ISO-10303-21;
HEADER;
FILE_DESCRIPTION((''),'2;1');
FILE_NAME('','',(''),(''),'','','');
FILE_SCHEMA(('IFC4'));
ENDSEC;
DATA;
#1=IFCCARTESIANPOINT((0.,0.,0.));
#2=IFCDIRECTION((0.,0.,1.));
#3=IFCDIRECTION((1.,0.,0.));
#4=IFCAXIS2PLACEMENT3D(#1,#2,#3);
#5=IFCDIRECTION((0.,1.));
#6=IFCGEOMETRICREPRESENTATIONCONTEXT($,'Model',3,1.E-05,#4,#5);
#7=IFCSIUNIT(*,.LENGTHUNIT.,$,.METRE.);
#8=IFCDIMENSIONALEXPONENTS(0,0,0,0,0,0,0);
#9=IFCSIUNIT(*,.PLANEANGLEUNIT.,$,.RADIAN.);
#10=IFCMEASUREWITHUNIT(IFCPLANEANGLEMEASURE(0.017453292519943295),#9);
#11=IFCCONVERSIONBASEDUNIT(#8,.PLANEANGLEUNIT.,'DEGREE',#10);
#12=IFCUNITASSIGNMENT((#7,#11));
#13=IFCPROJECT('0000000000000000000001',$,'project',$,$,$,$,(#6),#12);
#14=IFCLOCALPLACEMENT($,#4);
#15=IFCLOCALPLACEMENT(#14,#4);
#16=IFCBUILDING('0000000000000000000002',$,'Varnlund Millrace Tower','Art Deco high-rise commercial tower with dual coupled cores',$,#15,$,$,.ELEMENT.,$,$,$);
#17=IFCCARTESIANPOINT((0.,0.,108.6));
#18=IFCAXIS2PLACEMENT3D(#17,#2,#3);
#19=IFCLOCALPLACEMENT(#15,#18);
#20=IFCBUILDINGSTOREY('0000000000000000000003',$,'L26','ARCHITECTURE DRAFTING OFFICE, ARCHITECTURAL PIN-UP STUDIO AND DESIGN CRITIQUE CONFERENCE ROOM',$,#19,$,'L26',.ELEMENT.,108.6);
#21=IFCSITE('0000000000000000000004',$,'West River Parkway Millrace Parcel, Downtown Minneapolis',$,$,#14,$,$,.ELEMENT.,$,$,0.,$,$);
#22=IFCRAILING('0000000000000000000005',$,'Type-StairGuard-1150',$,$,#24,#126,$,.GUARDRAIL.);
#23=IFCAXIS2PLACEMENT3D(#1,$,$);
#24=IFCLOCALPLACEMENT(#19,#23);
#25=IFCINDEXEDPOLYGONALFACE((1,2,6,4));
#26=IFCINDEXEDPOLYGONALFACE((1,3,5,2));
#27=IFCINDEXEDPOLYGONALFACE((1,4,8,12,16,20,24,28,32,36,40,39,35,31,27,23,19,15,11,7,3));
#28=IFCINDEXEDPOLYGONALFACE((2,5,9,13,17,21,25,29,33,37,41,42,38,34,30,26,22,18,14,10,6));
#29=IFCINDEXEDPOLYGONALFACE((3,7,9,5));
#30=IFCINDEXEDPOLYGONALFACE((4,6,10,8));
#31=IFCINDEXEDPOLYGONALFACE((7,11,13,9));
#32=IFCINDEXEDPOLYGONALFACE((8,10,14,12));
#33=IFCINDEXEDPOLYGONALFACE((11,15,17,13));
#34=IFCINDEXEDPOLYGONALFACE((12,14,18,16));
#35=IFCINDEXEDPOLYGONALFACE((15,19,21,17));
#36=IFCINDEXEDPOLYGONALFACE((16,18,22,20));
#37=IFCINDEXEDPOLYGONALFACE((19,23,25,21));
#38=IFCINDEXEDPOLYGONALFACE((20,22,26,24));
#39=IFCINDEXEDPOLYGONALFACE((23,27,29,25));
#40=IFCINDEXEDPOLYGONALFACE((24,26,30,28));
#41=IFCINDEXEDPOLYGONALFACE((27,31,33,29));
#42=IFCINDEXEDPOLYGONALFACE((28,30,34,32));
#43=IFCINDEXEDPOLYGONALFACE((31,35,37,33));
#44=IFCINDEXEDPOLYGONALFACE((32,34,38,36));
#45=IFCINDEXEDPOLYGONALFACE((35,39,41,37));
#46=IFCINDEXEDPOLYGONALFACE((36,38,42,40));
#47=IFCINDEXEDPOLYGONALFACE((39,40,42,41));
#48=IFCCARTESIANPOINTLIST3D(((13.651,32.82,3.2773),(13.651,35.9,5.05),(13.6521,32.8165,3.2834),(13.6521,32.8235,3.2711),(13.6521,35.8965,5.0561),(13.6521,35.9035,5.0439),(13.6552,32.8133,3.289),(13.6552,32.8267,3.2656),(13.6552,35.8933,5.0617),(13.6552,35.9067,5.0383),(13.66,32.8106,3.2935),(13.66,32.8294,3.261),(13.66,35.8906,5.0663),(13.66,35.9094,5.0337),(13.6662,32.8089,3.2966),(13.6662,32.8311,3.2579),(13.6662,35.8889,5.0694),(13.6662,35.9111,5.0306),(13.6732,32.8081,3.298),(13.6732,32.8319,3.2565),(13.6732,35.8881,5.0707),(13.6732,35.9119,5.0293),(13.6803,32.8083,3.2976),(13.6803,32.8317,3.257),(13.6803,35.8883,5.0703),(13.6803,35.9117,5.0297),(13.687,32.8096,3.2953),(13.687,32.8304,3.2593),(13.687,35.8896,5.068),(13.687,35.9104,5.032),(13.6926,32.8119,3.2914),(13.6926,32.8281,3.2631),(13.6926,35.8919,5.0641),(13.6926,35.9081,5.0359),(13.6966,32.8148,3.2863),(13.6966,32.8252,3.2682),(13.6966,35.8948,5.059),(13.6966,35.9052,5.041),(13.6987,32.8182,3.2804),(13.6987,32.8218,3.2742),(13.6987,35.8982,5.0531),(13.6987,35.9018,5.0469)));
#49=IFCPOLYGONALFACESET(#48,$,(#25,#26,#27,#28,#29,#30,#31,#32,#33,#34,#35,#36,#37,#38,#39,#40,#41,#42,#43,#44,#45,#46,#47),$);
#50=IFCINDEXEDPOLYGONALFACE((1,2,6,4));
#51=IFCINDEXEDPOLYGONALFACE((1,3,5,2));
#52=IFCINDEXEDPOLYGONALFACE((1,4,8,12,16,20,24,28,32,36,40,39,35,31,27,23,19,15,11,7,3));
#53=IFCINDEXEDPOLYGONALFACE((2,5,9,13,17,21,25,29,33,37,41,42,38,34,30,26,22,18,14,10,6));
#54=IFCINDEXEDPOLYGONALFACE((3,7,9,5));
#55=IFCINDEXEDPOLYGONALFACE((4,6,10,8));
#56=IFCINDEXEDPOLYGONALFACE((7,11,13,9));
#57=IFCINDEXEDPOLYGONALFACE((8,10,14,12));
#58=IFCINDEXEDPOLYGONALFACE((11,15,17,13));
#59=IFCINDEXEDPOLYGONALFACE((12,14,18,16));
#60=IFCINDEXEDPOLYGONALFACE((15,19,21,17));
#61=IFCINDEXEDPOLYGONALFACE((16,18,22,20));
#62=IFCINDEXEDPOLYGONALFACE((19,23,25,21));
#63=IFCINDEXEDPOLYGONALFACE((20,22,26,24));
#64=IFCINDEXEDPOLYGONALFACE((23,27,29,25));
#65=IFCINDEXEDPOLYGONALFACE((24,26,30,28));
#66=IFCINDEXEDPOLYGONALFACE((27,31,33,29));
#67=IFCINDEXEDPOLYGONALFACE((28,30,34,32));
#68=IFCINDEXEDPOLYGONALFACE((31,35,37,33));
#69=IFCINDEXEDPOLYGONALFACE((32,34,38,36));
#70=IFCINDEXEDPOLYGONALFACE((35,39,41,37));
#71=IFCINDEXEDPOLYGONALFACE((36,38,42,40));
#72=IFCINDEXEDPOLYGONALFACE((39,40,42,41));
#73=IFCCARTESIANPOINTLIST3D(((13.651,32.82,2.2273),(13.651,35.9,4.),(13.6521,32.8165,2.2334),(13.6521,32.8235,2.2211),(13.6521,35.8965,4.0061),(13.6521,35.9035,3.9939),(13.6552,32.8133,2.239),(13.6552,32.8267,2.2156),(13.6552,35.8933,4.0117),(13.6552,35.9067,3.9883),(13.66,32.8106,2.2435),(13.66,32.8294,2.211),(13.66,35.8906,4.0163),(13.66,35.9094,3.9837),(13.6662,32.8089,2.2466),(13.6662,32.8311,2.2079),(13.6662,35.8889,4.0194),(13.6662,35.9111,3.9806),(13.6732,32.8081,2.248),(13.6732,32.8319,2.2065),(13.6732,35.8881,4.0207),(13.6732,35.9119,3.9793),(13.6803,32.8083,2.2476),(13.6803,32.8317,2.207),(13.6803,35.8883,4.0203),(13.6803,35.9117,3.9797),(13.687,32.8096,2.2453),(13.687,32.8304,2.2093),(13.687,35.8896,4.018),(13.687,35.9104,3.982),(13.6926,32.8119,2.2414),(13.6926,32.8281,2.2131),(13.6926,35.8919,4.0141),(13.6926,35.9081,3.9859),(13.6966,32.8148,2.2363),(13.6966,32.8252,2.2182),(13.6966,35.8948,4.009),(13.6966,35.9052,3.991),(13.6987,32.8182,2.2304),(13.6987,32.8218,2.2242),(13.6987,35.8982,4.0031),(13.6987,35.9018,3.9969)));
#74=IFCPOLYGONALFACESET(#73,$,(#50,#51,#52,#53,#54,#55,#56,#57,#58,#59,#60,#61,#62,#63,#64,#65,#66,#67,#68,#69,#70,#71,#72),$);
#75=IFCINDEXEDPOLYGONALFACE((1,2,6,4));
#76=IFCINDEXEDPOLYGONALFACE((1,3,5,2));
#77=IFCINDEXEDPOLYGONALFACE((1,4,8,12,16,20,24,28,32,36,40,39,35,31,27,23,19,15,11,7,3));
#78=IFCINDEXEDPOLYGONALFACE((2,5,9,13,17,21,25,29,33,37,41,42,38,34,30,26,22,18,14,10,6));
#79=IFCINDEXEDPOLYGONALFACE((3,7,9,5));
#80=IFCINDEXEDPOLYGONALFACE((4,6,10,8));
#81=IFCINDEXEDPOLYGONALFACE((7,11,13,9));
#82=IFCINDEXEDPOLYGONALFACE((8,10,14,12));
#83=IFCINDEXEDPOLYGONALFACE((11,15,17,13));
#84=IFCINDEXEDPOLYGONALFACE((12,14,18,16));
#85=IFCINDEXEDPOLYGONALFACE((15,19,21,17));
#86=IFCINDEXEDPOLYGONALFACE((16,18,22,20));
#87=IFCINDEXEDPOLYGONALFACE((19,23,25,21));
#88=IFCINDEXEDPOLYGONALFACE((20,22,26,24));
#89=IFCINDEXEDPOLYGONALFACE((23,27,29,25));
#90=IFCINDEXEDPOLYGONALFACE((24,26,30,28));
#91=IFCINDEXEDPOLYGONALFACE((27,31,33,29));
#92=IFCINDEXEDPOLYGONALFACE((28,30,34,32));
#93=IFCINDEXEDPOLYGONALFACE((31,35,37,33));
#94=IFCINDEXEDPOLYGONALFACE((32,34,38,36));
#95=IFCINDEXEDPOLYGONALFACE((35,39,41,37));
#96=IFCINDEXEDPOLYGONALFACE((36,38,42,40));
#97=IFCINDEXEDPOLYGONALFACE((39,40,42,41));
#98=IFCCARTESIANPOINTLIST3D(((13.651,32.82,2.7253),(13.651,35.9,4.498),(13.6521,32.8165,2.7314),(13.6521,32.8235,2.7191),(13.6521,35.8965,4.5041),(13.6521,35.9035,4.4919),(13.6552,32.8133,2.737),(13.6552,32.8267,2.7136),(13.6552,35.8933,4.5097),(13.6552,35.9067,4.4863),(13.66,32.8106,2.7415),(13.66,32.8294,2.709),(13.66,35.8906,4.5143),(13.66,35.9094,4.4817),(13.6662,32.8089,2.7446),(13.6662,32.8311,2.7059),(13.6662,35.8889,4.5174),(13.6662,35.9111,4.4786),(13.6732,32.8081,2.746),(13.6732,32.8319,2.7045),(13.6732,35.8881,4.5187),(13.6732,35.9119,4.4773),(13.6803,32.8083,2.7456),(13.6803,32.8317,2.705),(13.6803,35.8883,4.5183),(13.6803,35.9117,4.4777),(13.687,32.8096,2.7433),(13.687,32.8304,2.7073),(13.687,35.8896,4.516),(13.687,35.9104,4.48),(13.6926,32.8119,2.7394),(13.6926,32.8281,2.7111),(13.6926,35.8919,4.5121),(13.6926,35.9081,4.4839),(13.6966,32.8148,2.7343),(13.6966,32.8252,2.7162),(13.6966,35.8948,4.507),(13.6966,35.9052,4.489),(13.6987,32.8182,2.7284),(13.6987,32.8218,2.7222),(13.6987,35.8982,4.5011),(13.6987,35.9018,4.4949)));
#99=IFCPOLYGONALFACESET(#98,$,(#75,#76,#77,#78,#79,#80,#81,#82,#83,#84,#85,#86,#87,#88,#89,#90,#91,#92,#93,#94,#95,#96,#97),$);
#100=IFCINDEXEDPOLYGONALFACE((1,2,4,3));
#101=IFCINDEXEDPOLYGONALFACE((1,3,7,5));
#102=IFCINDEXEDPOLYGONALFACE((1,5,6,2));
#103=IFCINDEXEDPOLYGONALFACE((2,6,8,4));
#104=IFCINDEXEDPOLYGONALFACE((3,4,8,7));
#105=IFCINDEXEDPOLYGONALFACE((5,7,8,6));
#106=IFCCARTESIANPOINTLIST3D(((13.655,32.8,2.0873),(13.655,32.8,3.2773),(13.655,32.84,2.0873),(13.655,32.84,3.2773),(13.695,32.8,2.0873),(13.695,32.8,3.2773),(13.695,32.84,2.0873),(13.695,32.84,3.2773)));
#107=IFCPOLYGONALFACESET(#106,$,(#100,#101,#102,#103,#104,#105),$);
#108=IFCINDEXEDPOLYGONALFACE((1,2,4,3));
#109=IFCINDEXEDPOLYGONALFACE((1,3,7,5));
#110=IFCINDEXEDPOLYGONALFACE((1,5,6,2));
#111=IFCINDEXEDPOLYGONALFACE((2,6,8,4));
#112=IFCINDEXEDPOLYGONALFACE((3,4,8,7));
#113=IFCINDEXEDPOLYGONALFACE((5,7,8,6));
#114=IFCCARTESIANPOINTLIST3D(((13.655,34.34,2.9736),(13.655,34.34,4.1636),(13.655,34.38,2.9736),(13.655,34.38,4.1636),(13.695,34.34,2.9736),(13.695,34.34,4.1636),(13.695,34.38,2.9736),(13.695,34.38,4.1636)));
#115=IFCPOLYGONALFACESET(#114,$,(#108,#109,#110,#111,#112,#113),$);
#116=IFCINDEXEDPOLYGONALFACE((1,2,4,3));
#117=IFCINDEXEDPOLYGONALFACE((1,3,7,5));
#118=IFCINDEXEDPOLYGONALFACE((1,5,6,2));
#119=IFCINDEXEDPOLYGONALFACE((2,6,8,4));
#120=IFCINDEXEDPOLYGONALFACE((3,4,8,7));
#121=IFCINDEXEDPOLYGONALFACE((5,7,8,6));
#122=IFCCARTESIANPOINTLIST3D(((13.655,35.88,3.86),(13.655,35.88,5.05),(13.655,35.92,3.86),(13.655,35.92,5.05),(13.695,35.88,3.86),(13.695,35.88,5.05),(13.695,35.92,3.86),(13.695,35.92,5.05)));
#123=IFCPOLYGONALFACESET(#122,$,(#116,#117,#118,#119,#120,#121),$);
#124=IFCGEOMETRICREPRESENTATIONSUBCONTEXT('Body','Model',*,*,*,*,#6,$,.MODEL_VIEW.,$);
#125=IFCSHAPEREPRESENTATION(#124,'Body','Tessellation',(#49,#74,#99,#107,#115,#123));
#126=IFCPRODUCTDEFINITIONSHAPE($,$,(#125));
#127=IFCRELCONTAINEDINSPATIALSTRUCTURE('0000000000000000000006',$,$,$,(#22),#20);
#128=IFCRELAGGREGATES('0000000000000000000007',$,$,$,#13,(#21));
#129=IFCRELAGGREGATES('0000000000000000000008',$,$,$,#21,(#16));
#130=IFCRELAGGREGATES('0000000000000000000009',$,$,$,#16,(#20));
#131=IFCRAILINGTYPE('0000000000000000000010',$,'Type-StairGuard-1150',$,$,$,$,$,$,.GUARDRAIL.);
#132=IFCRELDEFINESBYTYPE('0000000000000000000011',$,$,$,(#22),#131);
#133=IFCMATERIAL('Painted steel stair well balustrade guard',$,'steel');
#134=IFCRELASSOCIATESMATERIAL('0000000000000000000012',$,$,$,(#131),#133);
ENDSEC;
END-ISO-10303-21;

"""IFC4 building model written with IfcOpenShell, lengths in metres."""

from ifc_helpers import new_model, entity, si_unit, converted_unit, direction, frame, origin_with_axes, origin_2d_with_axis, place, context, subcontext, project, spatial, rectangle, circle, extrude, material, type_object, element, save


model = new_model("IFC4")

# Units and contexts
model_context = context("Model", 3, precision=1e-05, world=origin_with_axes(), true_north=direction((0.0, 1.0)))
body_context = subcontext(model_context, "Body", "Model", "MODEL_VIEW")
ifc_project = project(units=[si_unit("LENGTHUNIT", "METRE"), converted_unit("PLANEANGLEUNIT", "DEGREE", entity("IfcPlaneAngleMeasure", 0.017453292519943295), si_unit("PLANEANGLEUNIT", "RADIAN"), dimensions=[0, 0, 0, 0, 0, 0, 0])], contexts=[model_context])

# Site, building, storey
site_placement = place(None, origin_with_axes())
site = spatial("IfcSite", under=ifc_project, at=site_placement, Name="West River Parkway Millrace Parcel, Downtown Minneapolis", CompositionType="ELEMENT", RefElevation=0.0)
building_placement = place(site_placement, origin_with_axes())
building = spatial("IfcBuilding", under=site, at=building_placement, Name="Varnlund Millrace Tower", Description="Art Deco high-rise commercial tower with dual coupled cores", CompositionType="ELEMENT")
storey_placement = place(building_placement, frame((0.0, 0.0, 108.6), z_axis=(0.0, 0.0, 1.0), x_axis=(1.0, 0.0, 0.0)))
storey = spatial("IfcBuildingStorey", under=building, at=storey_placement, Name="L26", Description="ARCHITECTURE DRAFTING OFFICE, ARCHITECTURAL PIN-UP STUDIO AND DESIGN CRITIQUE CONFERENCE ROOM", LongName="L26", CompositionType="ELEMENT", Elevation=108.6)

# Railing
ifc_material_1 = material(Name="Painted steel stair well balustrade guard", Category="steel")
railing_type_1 = type_object("IfcRailingType", Name="Type-StairGuard-1150", PredefinedType="GUARDRAIL", material=ifc_material_1)
railing_1_placement = place(storey_placement, frame((0.0, 0.0, -108.6), z_axis=(0.0, 0.0, 1.0), x_axis=(1.0, 0.0, 0.0)))
element("IfcRailing", 1, at=railing_1_placement, inside=storey, type_object=railing_type_1, Name="Type-StairGuard-1150", PredefinedType="GUARDRAIL", context=body_context, shape_type="SweptSolid", body=[
    extrude(circle(Radius=0.024, at=origin_2d_with_axis()), frame((13.675, 32.82, 111.8773), z_axis=(0.0, 0.866696, 0.498836), x_axis=(-1.0, 0.0, 0.0)), (0.0, 0.0, 1.0), 3.5537),
    extrude(circle(Radius=0.024, at=origin_2d_with_axis()), frame((13.675, 32.82, 110.8273), z_axis=(0.0, 0.866696, 0.498836), x_axis=(-1.0, 0.0, 0.0)), (0.0, 0.0, 1.0), 3.5537),
    extrude(circle(Radius=0.024, at=origin_2d_with_axis()), frame((13.675, 32.82, 111.3253), z_axis=(0.0, 0.866696, 0.498836), x_axis=(-1.0, 0.0, 0.0)), (0.0, 0.0, 1.0), 3.5537),
    extrude(rectangle(XDim=0.04, YDim=0.04, at=origin_2d_with_axis()), frame((13.675, 32.82, 110.6873), z_axis=(0.0, 0.0, 1.0), x_axis=(1.0, 0.0, 0.0)), (0.0, 0.0, 1.0), 1.19),
    extrude(rectangle(XDim=0.04, YDim=0.04, at=origin_2d_with_axis()), frame((13.675, 34.36, 111.5736), z_axis=(0.0, 0.0, 1.0), x_axis=(1.0, 0.0, 0.0)), (0.0, 0.0, 1.0), 1.19),
    extrude(rectangle(XDim=0.04, YDim=0.04, at=origin_2d_with_axis()), frame((13.675, 35.9, 112.46), z_axis=(0.0, 0.0, 1.0), x_axis=(1.0, 0.0, 0.0)), (0.0, 0.0, 1.0), 1.19),
])

save(model, "model.ifc")
